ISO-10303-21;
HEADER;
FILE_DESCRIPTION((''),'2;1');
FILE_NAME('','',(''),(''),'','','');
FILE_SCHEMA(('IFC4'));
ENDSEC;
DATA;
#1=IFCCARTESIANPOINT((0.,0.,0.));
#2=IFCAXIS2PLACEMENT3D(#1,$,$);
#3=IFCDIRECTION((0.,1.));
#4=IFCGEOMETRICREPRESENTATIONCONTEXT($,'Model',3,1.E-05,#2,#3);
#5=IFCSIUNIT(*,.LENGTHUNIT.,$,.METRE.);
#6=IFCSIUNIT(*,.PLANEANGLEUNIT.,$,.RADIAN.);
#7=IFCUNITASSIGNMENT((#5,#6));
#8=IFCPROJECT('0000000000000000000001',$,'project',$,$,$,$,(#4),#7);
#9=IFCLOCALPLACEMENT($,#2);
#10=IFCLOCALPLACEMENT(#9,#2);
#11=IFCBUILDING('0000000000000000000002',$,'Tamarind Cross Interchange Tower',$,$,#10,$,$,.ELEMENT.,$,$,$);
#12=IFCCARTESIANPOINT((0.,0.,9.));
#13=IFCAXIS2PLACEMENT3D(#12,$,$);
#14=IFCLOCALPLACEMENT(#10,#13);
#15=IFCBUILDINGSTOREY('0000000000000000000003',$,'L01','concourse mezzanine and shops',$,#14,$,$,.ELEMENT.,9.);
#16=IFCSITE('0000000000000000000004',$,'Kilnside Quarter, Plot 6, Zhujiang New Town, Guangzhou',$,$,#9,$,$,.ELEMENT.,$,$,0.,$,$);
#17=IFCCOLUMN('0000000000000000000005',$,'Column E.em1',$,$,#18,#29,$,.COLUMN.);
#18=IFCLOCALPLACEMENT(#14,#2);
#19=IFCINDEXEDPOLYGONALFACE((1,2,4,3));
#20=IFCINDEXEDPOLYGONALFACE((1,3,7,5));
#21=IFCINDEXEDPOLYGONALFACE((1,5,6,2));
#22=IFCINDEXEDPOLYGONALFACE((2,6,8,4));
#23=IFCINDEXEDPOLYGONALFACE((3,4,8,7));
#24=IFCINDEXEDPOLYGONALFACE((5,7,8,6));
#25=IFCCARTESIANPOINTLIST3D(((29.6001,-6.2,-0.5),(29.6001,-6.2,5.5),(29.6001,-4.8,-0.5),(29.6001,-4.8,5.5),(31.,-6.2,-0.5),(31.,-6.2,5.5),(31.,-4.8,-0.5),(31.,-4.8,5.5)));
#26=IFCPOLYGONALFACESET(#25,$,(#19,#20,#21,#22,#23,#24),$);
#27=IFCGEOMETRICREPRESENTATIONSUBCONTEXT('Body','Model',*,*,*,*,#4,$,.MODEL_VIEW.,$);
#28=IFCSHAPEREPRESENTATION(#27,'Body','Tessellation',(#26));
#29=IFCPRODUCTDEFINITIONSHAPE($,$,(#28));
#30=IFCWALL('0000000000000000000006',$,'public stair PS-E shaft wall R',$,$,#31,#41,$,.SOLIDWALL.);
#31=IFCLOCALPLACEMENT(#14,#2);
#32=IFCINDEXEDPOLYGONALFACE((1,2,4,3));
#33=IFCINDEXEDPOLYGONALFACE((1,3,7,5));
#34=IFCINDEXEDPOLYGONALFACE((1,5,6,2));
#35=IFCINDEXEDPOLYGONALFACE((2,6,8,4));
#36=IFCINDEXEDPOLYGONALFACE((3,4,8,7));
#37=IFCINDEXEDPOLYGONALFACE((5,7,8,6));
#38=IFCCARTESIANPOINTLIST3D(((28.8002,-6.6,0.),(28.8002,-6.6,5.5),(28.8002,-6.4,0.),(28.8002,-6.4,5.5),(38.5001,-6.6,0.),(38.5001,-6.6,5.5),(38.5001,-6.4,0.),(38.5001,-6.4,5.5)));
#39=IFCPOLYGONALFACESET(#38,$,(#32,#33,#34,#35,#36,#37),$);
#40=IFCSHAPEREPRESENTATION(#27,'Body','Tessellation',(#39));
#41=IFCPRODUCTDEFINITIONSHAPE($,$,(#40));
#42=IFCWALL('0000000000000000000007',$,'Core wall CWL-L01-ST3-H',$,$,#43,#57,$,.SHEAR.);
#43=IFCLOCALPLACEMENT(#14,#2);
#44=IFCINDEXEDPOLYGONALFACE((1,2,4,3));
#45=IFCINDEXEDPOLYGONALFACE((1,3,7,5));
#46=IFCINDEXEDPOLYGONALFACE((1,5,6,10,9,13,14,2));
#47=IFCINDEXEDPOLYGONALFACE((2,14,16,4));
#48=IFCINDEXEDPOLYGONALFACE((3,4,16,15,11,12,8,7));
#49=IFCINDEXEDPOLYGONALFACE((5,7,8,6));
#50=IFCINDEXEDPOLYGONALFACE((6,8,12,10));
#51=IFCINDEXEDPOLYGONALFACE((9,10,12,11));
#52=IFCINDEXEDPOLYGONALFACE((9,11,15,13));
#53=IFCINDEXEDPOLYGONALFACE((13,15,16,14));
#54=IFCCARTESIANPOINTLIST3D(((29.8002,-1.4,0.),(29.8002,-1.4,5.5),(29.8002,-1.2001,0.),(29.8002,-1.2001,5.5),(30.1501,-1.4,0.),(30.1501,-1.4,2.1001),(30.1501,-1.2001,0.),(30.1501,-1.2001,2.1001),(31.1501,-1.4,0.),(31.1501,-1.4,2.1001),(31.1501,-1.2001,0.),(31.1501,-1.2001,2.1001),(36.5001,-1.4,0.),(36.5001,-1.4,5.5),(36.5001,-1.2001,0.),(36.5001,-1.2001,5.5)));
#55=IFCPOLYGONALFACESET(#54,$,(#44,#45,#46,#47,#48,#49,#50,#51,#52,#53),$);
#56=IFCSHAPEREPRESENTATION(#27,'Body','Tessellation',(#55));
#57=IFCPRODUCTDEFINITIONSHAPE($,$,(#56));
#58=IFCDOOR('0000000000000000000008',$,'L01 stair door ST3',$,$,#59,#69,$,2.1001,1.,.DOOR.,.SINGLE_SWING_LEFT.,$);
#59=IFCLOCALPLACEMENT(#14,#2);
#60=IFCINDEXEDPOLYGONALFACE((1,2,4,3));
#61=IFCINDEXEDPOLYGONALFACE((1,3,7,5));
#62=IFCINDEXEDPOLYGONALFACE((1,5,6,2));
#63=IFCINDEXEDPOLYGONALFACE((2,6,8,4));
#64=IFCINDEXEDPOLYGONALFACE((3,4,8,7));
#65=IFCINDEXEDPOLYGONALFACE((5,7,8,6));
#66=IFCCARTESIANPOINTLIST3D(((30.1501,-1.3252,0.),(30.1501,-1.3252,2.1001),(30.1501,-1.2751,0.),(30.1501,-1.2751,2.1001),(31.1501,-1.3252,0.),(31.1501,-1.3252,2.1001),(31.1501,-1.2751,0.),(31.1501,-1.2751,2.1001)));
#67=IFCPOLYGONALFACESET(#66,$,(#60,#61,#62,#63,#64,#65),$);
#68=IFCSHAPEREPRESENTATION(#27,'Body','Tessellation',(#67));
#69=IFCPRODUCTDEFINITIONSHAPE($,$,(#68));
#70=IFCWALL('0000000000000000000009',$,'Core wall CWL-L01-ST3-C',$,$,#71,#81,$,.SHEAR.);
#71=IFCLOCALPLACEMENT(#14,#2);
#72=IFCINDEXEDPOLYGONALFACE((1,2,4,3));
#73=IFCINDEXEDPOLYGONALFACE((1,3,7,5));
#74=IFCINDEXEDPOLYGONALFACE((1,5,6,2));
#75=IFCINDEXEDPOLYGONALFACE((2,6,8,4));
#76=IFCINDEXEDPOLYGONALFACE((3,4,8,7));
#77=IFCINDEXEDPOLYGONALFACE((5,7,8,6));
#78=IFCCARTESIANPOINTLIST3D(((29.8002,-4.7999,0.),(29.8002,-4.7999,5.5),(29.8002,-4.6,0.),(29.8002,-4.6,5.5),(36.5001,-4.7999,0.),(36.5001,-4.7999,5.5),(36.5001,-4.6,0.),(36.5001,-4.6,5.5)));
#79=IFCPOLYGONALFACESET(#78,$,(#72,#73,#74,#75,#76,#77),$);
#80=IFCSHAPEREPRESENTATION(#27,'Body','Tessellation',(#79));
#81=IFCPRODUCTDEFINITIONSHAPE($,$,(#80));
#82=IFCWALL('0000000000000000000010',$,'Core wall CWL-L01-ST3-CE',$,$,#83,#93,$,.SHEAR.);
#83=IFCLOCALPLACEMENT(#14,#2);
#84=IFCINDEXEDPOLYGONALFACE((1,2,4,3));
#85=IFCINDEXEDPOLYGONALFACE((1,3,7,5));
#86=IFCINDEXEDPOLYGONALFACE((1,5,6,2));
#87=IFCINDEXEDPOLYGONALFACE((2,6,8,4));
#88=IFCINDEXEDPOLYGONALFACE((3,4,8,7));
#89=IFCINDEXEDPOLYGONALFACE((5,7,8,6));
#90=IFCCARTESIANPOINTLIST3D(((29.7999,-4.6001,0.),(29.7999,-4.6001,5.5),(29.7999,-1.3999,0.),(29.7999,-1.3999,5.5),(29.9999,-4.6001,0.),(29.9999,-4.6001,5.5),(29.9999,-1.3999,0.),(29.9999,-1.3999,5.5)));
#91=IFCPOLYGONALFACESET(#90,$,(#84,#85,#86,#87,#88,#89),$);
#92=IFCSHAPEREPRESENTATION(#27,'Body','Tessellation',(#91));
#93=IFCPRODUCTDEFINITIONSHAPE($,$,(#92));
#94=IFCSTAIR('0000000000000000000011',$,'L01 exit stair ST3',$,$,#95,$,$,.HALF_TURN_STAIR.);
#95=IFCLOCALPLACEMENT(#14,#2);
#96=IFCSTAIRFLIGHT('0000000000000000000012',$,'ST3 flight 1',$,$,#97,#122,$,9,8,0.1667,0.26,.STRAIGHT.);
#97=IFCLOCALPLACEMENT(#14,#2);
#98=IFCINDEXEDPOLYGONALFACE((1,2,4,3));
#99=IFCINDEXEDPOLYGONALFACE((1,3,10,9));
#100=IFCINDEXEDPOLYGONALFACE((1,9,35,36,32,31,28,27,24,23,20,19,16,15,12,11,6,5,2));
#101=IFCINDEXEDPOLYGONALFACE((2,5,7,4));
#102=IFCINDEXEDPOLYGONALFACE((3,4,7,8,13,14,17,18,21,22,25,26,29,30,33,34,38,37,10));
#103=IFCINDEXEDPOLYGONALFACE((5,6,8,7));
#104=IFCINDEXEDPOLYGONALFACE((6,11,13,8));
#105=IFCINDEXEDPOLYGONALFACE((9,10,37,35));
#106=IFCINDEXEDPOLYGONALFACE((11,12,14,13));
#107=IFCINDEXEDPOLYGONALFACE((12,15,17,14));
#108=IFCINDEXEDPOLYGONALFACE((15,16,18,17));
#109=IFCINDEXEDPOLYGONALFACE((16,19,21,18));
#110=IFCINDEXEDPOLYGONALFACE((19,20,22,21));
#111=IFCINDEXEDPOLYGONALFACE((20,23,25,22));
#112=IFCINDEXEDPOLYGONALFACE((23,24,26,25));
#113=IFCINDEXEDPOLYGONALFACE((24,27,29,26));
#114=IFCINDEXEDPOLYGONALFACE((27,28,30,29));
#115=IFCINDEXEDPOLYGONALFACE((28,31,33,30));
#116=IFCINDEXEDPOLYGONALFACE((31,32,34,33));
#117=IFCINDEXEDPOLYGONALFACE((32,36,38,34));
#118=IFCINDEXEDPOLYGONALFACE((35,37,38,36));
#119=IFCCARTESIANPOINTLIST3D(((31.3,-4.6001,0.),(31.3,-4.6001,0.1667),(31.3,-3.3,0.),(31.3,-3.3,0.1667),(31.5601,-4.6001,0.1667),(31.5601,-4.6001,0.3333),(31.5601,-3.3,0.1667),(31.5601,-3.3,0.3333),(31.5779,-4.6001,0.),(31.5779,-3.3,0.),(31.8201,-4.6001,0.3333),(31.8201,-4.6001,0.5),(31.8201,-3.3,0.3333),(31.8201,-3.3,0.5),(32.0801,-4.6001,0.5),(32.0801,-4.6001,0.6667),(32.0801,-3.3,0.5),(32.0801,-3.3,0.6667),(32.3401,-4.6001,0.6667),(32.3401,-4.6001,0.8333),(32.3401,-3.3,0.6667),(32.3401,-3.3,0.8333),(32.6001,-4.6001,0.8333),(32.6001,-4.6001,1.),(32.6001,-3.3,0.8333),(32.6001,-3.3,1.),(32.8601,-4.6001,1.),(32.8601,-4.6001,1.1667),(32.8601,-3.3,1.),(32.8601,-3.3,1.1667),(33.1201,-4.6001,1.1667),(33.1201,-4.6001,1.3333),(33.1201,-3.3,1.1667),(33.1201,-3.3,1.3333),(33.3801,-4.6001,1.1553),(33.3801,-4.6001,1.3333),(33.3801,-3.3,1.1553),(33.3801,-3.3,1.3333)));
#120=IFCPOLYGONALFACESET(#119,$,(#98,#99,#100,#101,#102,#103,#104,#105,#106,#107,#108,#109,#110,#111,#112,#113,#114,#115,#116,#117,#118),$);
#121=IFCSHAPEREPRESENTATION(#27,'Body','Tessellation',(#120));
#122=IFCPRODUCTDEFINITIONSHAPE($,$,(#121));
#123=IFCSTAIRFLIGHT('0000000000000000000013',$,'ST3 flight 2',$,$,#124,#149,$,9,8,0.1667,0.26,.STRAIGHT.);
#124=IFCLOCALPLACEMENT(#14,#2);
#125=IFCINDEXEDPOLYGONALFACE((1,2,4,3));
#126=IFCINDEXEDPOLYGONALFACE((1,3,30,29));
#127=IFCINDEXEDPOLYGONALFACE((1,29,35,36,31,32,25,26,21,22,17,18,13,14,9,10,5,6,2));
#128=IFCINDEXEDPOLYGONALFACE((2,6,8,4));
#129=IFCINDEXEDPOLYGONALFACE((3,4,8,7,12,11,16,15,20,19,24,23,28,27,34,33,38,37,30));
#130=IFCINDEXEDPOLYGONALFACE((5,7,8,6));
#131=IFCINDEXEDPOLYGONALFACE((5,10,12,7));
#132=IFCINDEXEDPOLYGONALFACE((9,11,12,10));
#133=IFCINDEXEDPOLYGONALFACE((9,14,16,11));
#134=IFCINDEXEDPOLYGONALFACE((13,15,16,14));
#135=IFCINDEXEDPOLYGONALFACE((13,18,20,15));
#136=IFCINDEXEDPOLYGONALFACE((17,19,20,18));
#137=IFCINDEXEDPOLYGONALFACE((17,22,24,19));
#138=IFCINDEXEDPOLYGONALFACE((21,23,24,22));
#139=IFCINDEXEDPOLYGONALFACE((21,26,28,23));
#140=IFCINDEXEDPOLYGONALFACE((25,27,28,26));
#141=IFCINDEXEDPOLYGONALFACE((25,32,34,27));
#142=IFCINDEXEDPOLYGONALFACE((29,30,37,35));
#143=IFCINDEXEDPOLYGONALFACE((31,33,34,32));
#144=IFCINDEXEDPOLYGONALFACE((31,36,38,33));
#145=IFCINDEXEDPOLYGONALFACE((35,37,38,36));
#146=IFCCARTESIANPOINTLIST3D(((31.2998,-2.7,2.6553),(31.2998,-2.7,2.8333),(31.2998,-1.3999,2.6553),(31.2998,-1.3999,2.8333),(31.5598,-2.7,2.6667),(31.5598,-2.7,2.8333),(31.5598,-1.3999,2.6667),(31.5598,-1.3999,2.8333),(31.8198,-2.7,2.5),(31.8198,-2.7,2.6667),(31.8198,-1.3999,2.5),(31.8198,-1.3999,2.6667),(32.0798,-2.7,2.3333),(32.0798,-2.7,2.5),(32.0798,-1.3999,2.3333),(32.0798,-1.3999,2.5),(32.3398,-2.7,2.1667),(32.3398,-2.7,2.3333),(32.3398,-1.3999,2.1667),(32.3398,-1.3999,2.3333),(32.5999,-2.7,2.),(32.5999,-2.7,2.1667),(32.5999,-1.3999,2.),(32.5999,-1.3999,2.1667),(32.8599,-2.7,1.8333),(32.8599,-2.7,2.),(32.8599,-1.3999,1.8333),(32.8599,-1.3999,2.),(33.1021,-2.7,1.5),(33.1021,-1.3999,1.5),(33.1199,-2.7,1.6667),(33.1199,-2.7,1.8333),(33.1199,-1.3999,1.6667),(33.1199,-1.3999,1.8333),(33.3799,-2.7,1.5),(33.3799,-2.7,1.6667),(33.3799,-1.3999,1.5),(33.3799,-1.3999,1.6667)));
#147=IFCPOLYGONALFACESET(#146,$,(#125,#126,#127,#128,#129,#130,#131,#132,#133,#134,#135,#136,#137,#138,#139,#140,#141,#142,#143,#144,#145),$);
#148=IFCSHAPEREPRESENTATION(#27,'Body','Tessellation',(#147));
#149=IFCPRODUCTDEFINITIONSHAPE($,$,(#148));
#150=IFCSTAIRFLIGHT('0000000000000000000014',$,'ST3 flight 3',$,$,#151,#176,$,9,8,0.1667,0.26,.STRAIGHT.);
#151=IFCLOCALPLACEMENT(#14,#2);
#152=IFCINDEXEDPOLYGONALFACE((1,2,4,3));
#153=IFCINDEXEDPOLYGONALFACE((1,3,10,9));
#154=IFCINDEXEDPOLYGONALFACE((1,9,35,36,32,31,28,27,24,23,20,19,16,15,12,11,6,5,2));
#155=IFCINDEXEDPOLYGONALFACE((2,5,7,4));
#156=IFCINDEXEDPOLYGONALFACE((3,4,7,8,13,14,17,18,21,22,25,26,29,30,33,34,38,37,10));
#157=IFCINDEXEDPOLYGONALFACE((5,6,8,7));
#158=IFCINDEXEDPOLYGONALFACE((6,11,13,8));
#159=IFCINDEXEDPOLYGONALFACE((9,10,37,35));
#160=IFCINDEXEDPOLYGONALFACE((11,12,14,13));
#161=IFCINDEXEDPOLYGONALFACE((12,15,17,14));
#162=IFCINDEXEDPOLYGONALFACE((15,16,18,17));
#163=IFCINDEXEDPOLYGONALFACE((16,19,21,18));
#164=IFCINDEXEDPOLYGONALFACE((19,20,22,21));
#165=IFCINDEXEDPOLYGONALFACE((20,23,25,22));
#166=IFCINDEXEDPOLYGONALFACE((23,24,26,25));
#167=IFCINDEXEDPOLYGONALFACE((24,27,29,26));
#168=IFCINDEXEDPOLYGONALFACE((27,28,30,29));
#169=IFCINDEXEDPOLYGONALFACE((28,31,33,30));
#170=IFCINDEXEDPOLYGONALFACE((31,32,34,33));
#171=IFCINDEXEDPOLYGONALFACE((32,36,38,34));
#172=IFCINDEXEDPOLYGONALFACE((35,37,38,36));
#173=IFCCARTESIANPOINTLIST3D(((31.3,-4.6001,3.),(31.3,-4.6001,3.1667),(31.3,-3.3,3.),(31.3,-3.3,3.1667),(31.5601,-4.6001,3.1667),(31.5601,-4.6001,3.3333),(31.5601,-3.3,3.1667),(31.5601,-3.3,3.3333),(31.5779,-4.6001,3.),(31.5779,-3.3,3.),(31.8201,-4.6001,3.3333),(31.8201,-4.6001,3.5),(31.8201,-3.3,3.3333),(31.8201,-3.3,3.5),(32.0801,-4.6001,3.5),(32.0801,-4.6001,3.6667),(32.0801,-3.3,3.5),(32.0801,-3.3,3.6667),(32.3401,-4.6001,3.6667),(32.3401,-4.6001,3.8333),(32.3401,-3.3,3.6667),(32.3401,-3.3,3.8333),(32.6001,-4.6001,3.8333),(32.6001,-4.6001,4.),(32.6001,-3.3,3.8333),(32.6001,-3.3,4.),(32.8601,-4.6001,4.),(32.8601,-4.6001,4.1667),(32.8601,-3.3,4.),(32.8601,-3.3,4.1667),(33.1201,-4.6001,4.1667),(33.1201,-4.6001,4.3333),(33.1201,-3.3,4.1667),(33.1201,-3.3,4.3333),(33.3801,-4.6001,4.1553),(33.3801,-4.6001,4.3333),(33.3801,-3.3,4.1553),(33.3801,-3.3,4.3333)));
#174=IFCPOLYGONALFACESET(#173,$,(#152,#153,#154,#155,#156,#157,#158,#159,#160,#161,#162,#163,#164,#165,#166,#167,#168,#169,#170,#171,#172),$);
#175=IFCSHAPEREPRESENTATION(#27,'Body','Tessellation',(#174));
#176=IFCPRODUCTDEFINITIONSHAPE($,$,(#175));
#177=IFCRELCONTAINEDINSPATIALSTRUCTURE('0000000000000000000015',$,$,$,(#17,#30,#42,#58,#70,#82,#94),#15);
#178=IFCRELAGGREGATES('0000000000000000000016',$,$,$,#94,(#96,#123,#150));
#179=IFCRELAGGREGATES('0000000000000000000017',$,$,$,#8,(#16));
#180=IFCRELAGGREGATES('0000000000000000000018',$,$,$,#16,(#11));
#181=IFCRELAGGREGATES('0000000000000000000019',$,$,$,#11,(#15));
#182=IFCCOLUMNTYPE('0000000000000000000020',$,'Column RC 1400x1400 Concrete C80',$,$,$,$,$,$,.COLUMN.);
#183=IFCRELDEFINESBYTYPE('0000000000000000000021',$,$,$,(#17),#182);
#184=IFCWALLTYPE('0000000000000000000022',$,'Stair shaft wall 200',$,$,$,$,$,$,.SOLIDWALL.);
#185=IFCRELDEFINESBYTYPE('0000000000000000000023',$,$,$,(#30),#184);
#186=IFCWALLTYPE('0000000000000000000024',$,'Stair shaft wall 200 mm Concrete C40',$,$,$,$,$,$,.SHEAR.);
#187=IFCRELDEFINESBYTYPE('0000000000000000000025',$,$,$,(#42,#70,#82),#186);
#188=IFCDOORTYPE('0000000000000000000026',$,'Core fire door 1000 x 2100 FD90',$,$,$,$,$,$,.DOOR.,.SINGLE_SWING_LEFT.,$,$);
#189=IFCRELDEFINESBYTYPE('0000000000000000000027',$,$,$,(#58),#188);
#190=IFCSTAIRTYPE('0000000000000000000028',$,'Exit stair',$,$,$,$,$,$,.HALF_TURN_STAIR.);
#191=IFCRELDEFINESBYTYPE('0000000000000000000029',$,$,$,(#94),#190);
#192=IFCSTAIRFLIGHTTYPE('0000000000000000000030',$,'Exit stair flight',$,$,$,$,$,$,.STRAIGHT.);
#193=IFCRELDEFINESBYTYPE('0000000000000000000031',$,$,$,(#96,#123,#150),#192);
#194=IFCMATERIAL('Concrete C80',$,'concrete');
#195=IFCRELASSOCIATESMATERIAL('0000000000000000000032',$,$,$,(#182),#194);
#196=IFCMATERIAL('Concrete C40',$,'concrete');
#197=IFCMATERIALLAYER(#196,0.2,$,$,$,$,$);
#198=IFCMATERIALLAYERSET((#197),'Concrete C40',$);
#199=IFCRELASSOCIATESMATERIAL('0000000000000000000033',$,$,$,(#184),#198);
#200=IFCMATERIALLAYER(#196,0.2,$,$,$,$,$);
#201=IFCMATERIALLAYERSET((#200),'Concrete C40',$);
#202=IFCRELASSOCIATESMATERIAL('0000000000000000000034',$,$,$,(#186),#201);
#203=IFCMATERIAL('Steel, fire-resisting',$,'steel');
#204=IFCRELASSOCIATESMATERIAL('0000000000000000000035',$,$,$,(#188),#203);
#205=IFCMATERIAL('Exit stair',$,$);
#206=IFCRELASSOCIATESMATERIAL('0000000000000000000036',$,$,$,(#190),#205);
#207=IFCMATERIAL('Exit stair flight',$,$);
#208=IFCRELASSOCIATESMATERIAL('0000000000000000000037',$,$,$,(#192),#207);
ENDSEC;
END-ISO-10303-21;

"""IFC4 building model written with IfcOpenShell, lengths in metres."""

from ifc_helpers import new_model, si_unit, direction, frame, frame_2d, origin, origin_2d, place, context, subcontext, project, spatial, polyline, rectangle, outline, extrude, material, layer, layer_set, material_profile, profile_set, type_object, element, fill, aggregate, save


model = new_model("IFC4")

# Units and contexts
model_context = context("Model", 3, precision=1e-05, world=origin(), true_north=direction((0.0, 1.0)))
body_context = subcontext(model_context, "Body", "Model", "MODEL_VIEW")
ifc_project = project(units=[si_unit("LENGTHUNIT", "METRE"), si_unit("PLANEANGLEUNIT", "RADIAN")], contexts=[model_context])

# Site, building, storey
site_placement = place(None, origin())
site = spatial("IfcSite", under=ifc_project, at=site_placement, Name="Kilnside Quarter, Plot 6, Zhujiang New Town, Guangzhou", CompositionType="ELEMENT", RefElevation=0.0)
building_placement = place(site_placement, origin())
building = spatial("IfcBuilding", under=site, at=building_placement, Name="Tamarind Cross Interchange Tower", CompositionType="ELEMENT")
storey_placement = place(building_placement, frame((0.0, 0.0, 9.0)))
storey = spatial("IfcBuildingStorey", under=building, at=storey_placement, Name="L01", Description="concourse mezzanine and shops", CompositionType="ELEMENT", Elevation=9.0)

# Column
ifc_material_1 = material(Name="Concrete C80", Category="concrete")
ifc_material_profile = material_profile(ifc_material_1, rectangle(XDim=1.3999, YDim=1.3999, at=origin_2d()), Name="RC 1400x1400")
ifc_profile_set = profile_set([ifc_material_profile], Name="Concrete C80")
column_type = type_object("IfcColumnType", Name="Column RC 1400x1400 Concrete C80", PredefinedType="COLUMN", material=ifc_profile_set)
column_placement = place(storey_placement, frame((30.3, -5.5, -0.5), z_axis=(0.0, 0.0, 1.0), x_axis=(1.0, 0.0, 0.0)))
element("IfcColumn", 1, at=column_placement, inside=storey, type_object=column_type, Name="Column E.em1", PredefinedType="COLUMN", context=body_context, shape_type="SweptSolid", body=[
    extrude(rectangle(XDim=1.3999, YDim=1.3999, at=origin_2d()), origin(), (0.0, 0.0, 1.0), 6.0),
])

# Wall
ifc_material_2 = material(Name="Concrete C40", Category="concrete")
ifc_layer_1 = layer(ifc_material_2, 0.2)
ifc_layer_set_1 = layer_set([ifc_layer_1], Name="Concrete C40")
wall_type_1 = type_object("IfcWallType", Name="Stair shaft wall 200", PredefinedType="SOLIDWALL", material=ifc_layer_set_1)
wall_1_placement = place(storey_placement, frame((28.8, -6.5, 0.0), z_axis=(0.0, 0.0, 1.0), x_axis=(1.0, 0.0, 0.0)))
element("IfcWall", 2, at=wall_1_placement, inside=storey, type_object=wall_type_1, Name="public stair PS-E shaft wall R", PredefinedType="SOLIDWALL", context=body_context, shape_type="SweptSolid", body=[
    extrude(rectangle(XDim=9.7, YDim=0.2, at=frame_2d((4.8501, 0.0))), origin(), (0.0, 0.0, 1.0), 5.5),
])

# Wall, opening, door
ifc_layer_2 = layer(ifc_material_2, 0.2)
ifc_layer_set_2 = layer_set([ifc_layer_2], Name="Concrete C40")
wall_type_2 = type_object("IfcWallType", Name="Stair shaft wall 200 mm Concrete C40", PredefinedType="SHEAR", material=ifc_layer_set_2)
wall_2_placement = place(storey_placement, frame((29.8, -1.3, 0.0), z_axis=(0.0, 0.0, 1.0), x_axis=(1.0, 0.0, 0.0)))
wall_2 = element("IfcWall", 3, at=wall_2_placement, inside=storey, type_object=wall_type_2, Name="Core wall CWL-L01-ST3-H", PredefinedType="SHEAR", context=body_context, shape_type="SweptSolid", body=[
    extrude(rectangle(XDim=6.7, YDim=0.2, at=frame_2d((3.3501, 0.0))), origin(), (0.0, 0.0, 1.0), 5.5),
])
opening_placement = place(wall_2_placement, frame((0.3501, 0.0, 0.0)))
opening = element("IfcOpeningElement", 4, at=opening_placement, cuts=wall_2, PredefinedType="OPENING", context=body_context, shape_type="SweptSolid", body=[
    extrude(rectangle(XDim=1.0, YDim=2.1001, at=frame_2d((0.5, 1.05))), frame((0.0, 0.1099, 0.0), z_axis=(0.0, -1.0, 0.0), x_axis=(1.0, 0.0, 0.0)), (0.0, 0.0, 1.0), 0.22),
])
ifc_material_3 = material(Name="Steel, fire-resisting", Category="steel")
door_type = type_object("IfcDoorType", Name="Core fire door 1000 x 2100 FD90", OperationType="SINGLE_SWING_LEFT", PredefinedType="DOOR", material=ifc_material_3)
door_placement = place(opening_placement, origin())
door = element("IfcDoor", 5, at=door_placement, inside=storey, type_object=door_type, Name="L01 stair door ST3", OperationType="SINGLE_SWING_LEFT", OverallHeight=2.1001, OverallWidth=1.0, PredefinedType="DOOR", context=body_context, shape_type="SweptSolid", body=[
    extrude(rectangle(XDim=1.0, YDim=2.1001, at=frame_2d((0.5, 1.05))), frame((0.0, 0.0249, 0.0), z_axis=(0.0, -1.0, 0.0), x_axis=(1.0, 0.0, 0.0)), (0.0, 0.0, 1.0), 0.05),
])
fill(opening, door)

# Walls
wall_3_placement = place(storey_placement, frame((29.8, -4.7, 0.0), z_axis=(0.0, 0.0, 1.0), x_axis=(1.0, 0.0, 0.0)))
element("IfcWall", 6, at=wall_3_placement, inside=storey, type_object=wall_type_2, Name="Core wall CWL-L01-ST3-C", PredefinedType="SHEAR", context=body_context, shape_type="SweptSolid", body=[
    extrude(rectangle(XDim=6.7, YDim=0.2, at=frame_2d((3.3501, 0.0))), origin(), (0.0, 0.0, 1.0), 5.5),
])
wall_4_placement = place(storey_placement, frame((29.8999, -4.6001, 0.0), z_axis=(0.0, 0.0, 1.0), x_axis=(0.0, 1.0, 0.0)))
element("IfcWall", 7, at=wall_4_placement, inside=storey, type_object=wall_type_2, Name="Core wall CWL-L01-ST3-CE", PredefinedType="SHEAR", context=body_context, shape_type="SweptSolid", body=[
    extrude(rectangle(XDim=3.2002, YDim=0.2, at=frame_2d((1.6001, 0.0))), origin(), (0.0, 0.0, 1.0), 5.5),
])

# Stair, stair flights
ifc_material_4 = material(Name="Exit stair")
stair_type = type_object("IfcStairType", Name="Exit stair", PredefinedType="HALF_TURN_STAIR", material=ifc_material_4)
stair_placement = place(storey_placement, origin())
stair = element("IfcStair", 8, at=stair_placement, inside=storey, type_object=stair_type, Name="L01 exit stair ST3", PredefinedType="HALF_TURN_STAIR")
ifc_material_5 = material(Name="Exit stair flight")
stair_flight_type = type_object("IfcStairFlightType", Name="Exit stair flight", PredefinedType="STRAIGHT", material=ifc_material_5)
stair_flight_1_placement = place(storey_placement, frame((31.3, -3.95, 0.0), z_axis=(0.0, 0.0, 1.0), x_axis=(1.0, 0.0, 0.0)))
stair_flight_1 = element("IfcStairFlight", 9, at=stair_flight_1_placement, type_object=stair_flight_type, Name="ST3 flight 1", NumberOfRisers=9, NumberOfTreads=8, PredefinedType="STRAIGHT", RiserHeight=0.1667, TreadLength=0.26, context=body_context, shape_type="SweptSolid", body=[
    extrude(outline(polyline([(0.0, 0.0), (0.0, 0.1667), (0.26, 0.1667), (0.26, 0.3333), (0.52, 0.3333), (0.52, 0.5), (0.78, 0.5), (0.78, 0.6667), (1.04, 0.6667), (1.04, 0.8333), (1.3, 0.8333), (1.3, 1.0), (1.5601, 1.0), (1.5601, 1.1667), (1.8201, 1.1667), (1.8201, 1.3333), (2.0801, 1.3333), (2.0801, 1.5), (2.0801, 1.1553), (0.2778, 0.0), (0.0, 0.0)])), frame((0.0, 0.6499, 0.0), z_axis=(0.0, -1.0, 0.0), x_axis=(1.0, 0.0, 0.0)), (0.0, 0.0, 1.0), 1.3),
])
stair_flight_2_placement = place(storey_placement, frame((33.3799, -2.05, 1.5), z_axis=(0.0, 0.0, 1.0), x_axis=(-1.0, 0.0, 0.0)))
stair_flight_2 = element("IfcStairFlight", 10, at=stair_flight_2_placement, type_object=stair_flight_type, Name="ST3 flight 2", NumberOfRisers=9, NumberOfTreads=8, PredefinedType="STRAIGHT", RiserHeight=0.1667, TreadLength=0.26, context=body_context, shape_type="SweptSolid", body=[
    extrude(outline(polyline([(0.0, 0.0), (0.0, 0.1667), (0.26, 0.1667), (0.26, 0.3333), (0.52, 0.3333), (0.52, 0.5), (0.78, 0.5), (0.78, 0.6667), (1.04, 0.6667), (1.04, 0.8333), (1.3, 0.8333), (1.3, 1.0), (1.5601, 1.0), (1.5601, 1.1667), (1.8201, 1.1667), (1.8201, 1.3333), (2.0801, 1.3333), (2.0801, 1.5), (2.0801, 1.1553), (0.2778, 0.0), (0.0, 0.0)])), frame((0.0, 0.6499, 0.0), z_axis=(0.0, -1.0, 0.0), x_axis=(1.0, 0.0, 0.0)), (0.0, 0.0, 1.0), 1.3),
])
stair_flight_3_placement = place(storey_placement, frame((31.3, -3.95, 3.0), z_axis=(0.0, 0.0, 1.0), x_axis=(1.0, 0.0, 0.0)))
stair_flight_3 = element("IfcStairFlight", 11, at=stair_flight_3_placement, type_object=stair_flight_type, Name="ST3 flight 3", NumberOfRisers=9, NumberOfTreads=8, PredefinedType="STRAIGHT", RiserHeight=0.1667, TreadLength=0.26, context=body_context, shape_type="SweptSolid", body=[
    extrude(outline(polyline([(0.0, 0.0), (0.0, 0.1667), (0.26, 0.1667), (0.26, 0.3333), (0.52, 0.3333), (0.52, 0.5), (0.78, 0.5), (0.78, 0.6667), (1.04, 0.6667), (1.04, 0.8333), (1.3, 0.8333), (1.3, 1.0), (1.5601, 1.0), (1.5601, 1.1667), (1.8201, 1.1667), (1.8201, 1.3333), (2.0801, 1.3333), (2.0801, 1.5), (2.0801, 1.1553), (0.2778, 0.0), (0.0, 0.0)])), frame((0.0, 0.6499, 0.0), z_axis=(0.0, -1.0, 0.0), x_axis=(1.0, 0.0, 0.0)), (0.0, 0.0, 1.0), 1.3),
])
aggregate(stair, [stair_flight_1, stair_flight_2, stair_flight_3])

save(model, "model.ifc")
